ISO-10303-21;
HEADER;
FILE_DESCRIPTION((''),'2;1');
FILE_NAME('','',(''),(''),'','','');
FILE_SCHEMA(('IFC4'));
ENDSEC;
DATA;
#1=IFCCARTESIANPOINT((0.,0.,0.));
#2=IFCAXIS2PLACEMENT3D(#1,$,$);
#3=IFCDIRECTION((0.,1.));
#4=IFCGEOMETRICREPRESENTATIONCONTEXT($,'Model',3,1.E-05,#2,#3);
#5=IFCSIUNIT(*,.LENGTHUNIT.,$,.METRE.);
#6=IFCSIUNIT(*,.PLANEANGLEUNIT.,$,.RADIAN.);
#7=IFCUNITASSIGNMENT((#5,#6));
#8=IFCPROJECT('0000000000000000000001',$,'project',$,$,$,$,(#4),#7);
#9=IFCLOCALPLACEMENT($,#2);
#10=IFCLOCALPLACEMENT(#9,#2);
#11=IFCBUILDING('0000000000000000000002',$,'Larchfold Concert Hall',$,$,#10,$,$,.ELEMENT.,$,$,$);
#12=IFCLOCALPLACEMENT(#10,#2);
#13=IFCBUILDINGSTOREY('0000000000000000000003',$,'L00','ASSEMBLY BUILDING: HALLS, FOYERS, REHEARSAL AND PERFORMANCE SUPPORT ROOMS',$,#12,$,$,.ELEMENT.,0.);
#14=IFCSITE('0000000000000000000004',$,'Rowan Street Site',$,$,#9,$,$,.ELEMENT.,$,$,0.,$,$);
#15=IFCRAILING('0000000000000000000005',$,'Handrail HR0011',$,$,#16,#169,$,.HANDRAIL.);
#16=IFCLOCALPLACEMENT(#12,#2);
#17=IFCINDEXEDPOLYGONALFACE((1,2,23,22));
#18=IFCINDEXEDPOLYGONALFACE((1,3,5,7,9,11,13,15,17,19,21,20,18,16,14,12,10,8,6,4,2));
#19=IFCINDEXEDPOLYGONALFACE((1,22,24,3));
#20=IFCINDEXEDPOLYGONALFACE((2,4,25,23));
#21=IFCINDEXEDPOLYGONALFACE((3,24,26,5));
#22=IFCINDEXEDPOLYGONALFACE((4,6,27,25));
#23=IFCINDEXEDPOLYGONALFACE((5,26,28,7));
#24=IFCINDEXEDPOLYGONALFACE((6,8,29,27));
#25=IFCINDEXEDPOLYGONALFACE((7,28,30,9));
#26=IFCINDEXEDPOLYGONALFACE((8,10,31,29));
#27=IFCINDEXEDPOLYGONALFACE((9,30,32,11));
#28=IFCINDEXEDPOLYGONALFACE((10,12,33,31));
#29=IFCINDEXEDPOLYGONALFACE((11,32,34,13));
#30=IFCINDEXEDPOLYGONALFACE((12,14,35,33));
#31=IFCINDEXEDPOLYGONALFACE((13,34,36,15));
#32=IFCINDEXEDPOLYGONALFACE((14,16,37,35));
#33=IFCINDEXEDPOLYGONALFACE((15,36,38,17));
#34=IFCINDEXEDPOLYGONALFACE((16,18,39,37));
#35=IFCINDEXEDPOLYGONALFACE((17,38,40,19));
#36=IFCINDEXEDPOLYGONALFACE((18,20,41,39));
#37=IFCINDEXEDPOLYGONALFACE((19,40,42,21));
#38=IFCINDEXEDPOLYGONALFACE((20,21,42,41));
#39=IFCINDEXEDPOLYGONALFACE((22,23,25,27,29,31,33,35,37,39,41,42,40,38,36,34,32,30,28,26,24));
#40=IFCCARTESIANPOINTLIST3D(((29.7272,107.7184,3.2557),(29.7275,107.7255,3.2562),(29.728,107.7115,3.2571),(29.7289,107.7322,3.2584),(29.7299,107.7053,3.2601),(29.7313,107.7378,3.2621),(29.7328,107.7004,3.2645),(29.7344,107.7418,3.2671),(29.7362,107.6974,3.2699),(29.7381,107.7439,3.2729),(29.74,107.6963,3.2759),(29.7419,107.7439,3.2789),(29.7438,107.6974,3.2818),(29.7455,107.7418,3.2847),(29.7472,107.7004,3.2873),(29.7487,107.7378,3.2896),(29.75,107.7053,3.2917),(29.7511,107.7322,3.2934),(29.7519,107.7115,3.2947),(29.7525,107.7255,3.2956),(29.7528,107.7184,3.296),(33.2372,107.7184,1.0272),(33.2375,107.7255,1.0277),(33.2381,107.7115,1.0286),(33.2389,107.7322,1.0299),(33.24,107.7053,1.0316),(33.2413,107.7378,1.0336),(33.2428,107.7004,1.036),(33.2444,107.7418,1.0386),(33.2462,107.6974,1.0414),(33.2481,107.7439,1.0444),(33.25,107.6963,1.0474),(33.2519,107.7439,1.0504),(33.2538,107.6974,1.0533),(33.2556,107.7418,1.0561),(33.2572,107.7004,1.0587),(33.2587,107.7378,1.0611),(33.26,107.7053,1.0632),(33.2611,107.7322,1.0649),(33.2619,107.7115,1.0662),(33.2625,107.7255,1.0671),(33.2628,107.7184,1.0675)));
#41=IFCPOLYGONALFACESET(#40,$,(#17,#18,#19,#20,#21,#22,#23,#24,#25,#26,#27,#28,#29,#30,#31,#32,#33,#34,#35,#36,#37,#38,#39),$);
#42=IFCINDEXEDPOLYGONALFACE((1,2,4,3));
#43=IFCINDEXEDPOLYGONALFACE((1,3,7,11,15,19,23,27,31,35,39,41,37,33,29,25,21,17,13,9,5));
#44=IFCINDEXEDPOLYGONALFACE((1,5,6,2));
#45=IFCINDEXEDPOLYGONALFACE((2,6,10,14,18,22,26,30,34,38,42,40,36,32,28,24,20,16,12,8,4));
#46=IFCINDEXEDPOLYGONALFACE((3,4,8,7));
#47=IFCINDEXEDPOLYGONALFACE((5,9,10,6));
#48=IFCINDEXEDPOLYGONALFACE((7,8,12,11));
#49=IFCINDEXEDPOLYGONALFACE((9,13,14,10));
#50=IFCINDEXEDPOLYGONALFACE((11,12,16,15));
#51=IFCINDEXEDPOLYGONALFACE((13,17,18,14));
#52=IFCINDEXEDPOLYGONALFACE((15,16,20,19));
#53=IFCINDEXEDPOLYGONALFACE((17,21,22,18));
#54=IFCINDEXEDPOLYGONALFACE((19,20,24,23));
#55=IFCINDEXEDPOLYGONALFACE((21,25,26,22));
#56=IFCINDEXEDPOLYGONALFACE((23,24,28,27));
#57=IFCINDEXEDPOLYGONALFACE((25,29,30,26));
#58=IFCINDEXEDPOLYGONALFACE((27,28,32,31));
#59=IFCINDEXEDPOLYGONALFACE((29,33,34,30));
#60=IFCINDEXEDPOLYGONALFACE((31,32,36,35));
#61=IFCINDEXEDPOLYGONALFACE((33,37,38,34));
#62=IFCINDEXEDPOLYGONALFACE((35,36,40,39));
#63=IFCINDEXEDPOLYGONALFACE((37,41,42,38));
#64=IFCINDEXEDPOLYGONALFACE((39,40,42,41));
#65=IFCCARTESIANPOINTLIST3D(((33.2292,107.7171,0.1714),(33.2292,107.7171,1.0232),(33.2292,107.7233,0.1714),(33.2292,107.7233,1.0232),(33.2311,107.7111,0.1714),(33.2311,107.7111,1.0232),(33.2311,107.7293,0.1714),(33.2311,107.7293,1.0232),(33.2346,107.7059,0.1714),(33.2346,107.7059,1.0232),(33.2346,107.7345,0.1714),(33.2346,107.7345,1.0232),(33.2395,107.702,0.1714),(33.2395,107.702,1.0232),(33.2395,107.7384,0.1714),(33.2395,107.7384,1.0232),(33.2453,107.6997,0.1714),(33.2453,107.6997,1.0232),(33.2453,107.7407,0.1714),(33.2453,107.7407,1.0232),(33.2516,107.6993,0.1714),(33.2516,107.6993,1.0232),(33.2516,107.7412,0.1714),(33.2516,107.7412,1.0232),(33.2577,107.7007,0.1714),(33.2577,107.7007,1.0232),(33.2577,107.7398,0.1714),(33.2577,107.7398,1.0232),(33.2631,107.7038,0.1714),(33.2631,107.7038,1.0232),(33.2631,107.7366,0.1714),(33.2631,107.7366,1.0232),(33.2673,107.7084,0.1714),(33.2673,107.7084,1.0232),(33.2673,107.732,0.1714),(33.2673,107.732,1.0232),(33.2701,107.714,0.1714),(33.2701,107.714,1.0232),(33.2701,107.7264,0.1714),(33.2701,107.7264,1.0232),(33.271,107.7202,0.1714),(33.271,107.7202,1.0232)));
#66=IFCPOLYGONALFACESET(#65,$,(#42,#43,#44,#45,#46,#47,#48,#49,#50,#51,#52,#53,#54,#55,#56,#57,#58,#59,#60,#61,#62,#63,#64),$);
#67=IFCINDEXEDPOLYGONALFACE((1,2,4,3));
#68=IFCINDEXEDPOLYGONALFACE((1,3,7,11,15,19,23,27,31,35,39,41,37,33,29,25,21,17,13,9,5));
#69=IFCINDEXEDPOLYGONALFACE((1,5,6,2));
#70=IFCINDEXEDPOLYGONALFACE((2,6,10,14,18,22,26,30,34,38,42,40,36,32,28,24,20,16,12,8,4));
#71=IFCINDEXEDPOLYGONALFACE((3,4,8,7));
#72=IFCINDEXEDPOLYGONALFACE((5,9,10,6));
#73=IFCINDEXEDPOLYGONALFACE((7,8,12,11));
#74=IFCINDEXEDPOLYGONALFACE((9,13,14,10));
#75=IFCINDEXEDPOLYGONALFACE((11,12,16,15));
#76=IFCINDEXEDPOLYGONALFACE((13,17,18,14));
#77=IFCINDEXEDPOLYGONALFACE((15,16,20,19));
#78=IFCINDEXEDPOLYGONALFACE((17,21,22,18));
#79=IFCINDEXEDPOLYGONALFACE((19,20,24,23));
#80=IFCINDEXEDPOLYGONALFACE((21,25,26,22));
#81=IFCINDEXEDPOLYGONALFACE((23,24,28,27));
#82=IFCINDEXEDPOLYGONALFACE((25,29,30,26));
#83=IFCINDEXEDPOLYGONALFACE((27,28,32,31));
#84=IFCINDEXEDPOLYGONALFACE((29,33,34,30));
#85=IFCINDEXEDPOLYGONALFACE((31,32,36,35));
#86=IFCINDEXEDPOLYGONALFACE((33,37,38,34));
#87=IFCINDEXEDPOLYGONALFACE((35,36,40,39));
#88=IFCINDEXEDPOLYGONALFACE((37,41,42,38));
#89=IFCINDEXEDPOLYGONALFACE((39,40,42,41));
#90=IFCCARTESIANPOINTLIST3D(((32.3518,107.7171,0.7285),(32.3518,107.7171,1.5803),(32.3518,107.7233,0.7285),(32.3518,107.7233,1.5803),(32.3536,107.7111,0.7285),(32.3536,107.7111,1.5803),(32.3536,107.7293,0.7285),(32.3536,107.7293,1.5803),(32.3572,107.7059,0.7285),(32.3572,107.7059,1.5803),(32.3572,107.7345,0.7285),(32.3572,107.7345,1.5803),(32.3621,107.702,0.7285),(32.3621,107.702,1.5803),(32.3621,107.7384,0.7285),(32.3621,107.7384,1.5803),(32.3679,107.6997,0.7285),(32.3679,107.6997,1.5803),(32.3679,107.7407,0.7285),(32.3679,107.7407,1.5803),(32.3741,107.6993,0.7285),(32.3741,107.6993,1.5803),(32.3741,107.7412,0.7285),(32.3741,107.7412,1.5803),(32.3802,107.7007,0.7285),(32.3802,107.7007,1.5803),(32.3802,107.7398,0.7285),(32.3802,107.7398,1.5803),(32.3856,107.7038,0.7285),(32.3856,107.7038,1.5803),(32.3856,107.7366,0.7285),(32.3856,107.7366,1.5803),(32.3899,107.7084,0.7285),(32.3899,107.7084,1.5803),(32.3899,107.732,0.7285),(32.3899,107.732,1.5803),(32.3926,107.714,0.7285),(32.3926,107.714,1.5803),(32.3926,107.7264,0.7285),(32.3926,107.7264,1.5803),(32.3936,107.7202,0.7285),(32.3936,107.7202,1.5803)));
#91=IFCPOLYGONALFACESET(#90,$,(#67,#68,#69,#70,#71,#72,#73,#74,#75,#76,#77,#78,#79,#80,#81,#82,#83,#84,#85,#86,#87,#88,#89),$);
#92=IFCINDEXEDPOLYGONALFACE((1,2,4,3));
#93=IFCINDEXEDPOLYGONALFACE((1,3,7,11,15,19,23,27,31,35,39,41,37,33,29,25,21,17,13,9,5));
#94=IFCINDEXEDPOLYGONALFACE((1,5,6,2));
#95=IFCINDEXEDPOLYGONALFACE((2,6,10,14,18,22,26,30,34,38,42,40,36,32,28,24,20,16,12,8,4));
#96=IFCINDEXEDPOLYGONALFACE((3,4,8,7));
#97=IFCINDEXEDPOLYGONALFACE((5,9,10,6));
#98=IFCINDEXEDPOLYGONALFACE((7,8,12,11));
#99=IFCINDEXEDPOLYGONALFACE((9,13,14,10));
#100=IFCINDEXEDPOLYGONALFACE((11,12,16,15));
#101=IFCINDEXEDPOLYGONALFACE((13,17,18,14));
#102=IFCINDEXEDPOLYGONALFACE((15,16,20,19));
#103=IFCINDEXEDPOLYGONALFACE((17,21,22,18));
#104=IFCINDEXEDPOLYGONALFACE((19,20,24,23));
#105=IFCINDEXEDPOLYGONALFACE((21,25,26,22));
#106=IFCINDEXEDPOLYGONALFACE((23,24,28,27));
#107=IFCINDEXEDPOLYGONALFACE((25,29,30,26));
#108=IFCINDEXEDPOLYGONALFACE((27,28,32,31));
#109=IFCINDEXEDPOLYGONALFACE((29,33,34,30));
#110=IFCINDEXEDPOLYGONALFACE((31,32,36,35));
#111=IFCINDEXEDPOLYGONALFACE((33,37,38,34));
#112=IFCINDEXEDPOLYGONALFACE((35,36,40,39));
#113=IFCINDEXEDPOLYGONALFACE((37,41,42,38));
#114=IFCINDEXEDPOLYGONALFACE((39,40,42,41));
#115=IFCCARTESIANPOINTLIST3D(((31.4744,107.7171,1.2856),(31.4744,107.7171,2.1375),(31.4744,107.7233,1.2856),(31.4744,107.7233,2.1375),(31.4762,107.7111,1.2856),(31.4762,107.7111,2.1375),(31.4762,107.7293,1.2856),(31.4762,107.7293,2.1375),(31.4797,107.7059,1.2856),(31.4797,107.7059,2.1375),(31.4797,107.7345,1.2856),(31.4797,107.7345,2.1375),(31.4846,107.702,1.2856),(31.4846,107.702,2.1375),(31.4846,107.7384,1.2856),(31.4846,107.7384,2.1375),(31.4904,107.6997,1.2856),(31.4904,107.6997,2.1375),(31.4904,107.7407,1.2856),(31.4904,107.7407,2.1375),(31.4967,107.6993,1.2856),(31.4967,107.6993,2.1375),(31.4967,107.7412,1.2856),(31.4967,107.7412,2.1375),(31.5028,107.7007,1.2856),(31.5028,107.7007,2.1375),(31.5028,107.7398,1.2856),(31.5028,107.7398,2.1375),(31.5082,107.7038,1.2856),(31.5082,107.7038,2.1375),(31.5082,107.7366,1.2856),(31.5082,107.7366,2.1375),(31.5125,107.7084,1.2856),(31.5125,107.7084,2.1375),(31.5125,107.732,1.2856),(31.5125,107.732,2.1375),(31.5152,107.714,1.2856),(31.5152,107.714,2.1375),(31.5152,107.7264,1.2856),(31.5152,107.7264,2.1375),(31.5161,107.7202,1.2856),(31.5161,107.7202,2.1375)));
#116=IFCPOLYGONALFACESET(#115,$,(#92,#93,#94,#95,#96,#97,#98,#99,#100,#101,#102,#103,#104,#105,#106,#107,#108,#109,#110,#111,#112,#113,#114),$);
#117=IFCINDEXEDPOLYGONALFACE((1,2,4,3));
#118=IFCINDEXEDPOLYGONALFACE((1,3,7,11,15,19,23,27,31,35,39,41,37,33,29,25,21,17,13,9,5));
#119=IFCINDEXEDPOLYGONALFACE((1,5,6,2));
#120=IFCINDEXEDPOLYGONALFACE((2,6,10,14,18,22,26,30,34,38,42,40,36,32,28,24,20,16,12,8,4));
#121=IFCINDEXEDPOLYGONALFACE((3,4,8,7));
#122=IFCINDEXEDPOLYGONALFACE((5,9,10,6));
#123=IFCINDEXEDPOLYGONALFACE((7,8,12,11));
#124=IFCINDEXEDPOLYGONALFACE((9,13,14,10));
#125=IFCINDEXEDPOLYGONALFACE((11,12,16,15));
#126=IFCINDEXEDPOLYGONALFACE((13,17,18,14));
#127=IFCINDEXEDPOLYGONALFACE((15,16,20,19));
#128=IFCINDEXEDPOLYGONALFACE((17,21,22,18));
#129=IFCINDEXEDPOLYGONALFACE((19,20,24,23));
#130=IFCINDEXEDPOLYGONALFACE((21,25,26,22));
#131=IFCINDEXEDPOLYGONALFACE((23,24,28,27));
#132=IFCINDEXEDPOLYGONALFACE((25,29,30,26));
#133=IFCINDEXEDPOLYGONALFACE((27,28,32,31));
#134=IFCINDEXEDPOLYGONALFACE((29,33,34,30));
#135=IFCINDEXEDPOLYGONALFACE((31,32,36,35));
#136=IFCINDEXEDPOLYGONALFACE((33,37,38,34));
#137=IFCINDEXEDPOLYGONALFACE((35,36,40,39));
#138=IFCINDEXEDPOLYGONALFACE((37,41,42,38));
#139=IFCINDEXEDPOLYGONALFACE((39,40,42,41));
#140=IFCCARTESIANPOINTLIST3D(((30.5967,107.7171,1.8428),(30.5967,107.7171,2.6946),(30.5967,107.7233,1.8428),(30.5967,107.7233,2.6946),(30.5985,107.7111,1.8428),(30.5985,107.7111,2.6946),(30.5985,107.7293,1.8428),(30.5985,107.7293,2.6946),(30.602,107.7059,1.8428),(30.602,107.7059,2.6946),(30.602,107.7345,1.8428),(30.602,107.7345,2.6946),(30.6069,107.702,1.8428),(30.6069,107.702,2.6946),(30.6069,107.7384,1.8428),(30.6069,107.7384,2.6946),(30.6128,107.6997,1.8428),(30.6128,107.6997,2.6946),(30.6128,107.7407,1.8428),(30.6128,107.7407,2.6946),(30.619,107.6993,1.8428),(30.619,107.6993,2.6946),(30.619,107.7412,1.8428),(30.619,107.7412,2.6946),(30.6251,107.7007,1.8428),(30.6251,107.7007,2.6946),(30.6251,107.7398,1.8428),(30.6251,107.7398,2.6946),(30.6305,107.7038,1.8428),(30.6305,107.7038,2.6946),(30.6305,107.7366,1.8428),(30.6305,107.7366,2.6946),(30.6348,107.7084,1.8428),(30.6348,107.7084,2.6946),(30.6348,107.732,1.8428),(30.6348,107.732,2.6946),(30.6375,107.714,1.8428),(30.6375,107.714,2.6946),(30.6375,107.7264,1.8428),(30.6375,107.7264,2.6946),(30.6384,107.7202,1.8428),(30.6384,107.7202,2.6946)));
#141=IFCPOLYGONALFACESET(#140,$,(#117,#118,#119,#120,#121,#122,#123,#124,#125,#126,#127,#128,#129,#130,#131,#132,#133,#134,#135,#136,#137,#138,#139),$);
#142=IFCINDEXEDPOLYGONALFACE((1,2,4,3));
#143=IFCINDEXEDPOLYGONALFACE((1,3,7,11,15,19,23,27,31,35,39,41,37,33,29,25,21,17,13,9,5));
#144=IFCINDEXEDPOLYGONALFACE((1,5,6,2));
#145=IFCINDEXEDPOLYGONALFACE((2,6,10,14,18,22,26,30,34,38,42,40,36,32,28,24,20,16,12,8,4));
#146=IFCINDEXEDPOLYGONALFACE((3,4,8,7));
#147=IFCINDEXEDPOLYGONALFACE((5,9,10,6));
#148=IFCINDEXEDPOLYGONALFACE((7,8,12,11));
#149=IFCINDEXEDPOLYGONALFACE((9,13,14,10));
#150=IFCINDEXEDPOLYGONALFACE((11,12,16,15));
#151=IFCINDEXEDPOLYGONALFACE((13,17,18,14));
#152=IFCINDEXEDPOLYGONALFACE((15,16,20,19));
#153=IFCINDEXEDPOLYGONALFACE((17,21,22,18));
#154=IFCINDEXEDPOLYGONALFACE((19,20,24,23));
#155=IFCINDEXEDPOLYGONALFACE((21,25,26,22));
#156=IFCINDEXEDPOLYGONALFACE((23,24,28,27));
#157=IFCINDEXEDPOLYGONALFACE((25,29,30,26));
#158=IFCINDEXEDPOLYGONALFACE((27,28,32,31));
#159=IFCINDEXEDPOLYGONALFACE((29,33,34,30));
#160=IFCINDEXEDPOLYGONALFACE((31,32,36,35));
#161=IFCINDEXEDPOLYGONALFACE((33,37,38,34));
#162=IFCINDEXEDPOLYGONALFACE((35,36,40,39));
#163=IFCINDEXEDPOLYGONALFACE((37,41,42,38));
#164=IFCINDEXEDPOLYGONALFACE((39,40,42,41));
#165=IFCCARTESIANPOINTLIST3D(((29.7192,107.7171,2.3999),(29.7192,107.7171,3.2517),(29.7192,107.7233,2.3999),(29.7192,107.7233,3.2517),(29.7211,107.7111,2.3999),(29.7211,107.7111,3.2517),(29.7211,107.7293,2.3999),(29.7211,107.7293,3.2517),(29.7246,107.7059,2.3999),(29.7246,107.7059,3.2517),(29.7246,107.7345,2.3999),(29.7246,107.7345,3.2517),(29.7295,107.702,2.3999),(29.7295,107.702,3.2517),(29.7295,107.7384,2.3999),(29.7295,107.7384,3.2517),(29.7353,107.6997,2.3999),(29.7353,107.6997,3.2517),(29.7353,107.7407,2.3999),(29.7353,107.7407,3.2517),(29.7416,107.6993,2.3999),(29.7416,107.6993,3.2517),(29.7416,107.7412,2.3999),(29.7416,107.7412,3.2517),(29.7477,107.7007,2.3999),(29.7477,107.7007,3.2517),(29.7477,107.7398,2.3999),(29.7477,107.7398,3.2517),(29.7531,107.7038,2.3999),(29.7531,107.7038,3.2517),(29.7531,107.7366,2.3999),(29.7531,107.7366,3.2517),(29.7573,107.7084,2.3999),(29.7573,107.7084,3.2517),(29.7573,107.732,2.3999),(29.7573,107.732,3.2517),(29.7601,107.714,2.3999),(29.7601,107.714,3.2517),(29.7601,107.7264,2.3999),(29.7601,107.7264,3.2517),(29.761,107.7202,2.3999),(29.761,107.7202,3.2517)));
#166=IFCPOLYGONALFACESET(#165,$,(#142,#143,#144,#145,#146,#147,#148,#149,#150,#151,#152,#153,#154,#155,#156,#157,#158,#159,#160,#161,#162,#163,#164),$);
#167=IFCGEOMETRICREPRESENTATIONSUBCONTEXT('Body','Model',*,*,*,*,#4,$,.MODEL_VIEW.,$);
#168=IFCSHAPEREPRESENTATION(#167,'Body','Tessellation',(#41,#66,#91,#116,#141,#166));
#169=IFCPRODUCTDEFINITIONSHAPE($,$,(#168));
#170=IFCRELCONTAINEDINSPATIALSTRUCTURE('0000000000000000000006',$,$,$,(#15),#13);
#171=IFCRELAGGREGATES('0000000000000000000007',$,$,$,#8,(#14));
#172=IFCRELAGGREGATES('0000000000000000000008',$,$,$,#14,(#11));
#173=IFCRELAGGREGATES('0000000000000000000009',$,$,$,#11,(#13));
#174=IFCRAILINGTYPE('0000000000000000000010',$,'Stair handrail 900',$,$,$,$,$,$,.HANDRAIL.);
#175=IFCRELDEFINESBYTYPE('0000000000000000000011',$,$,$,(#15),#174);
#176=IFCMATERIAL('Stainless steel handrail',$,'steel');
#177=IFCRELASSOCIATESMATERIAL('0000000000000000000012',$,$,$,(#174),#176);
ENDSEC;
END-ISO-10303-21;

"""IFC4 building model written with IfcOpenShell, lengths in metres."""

from ifc_helpers import new_model, si_unit, direction, frame, origin, origin_2d, place, context, subcontext, project, spatial, circle, extrude, material, type_object, element, save


model = new_model("IFC4")

# Units and contexts
model_context = context("Model", 3, precision=1e-05, world=origin(), true_north=direction((0.0, 1.0)))
body_context = subcontext(model_context, "Body", "Model", "MODEL_VIEW")
ifc_project = project(units=[si_unit("LENGTHUNIT", "METRE"), si_unit("PLANEANGLEUNIT", "RADIAN")], contexts=[model_context])

# Site, building, storey
site_placement = place(None, origin())
site = spatial("IfcSite", under=ifc_project, at=site_placement, Name="Rowan Street Site", CompositionType="ELEMENT", RefElevation=0.0)
building_placement = place(site_placement, origin())
building = spatial("IfcBuilding", under=site, at=building_placement, Name="Larchfold Concert Hall", CompositionType="ELEMENT")
storey_placement = place(building_placement, origin())
storey = spatial("IfcBuildingStorey", under=building, at=storey_placement, Name="L00", Description="ASSEMBLY BUILDING: HALLS, FOYERS, REHEARSAL AND PERFORMANCE SUPPORT ROOMS", CompositionType="ELEMENT", Elevation=0.0)

# Railing
ifc_material_1 = material(Name="Stainless steel handrail", Category="steel")
railing_type_1 = type_object("IfcRailingType", Name="Stair handrail 900", PredefinedType="HANDRAIL", material=ifc_material_1)
railing_1_placement = place(storey_placement, frame((33.25, 107.7202, 0.1714)))
element("IfcRailing", 1, at=railing_1_placement, inside=storey, type_object=railing_type_1, Name="Handrail HR0011", PredefinedType="HANDRAIL", context=body_context, shape_type="SweptSolid", body=[
    extrude(circle(Radius=0.0239, at=origin_2d()), frame((0.0, 0.0, 0.876), z_axis=(-0.84422, 0.0, 0.535998), x_axis=(0.0, -1.0, 0.0)), (0.0, 0.0, 1.0), 4.1577),
    extrude(circle(Radius=0.021, at=origin_2d()), origin(), (0.0, 0.0, 1.0), 0.8518),
    extrude(circle(Radius=0.021, at=origin_2d()), frame((-0.8774, 0.0, 0.5571)), (0.0, 0.0, 1.0), 0.8518),
    extrude(circle(Radius=0.021, at=origin_2d()), frame((-1.7549, 0.0, 1.1143)), (0.0, 0.0, 1.0), 0.8518),
    extrude(circle(Radius=0.021, at=origin_2d()), frame((-2.6326, 0.0, 1.6714)), (0.0, 0.0, 1.0), 0.8518),
    extrude(circle(Radius=0.021, at=origin_2d()), frame((-3.51, 0.0, 2.2285)), (0.0, 0.0, 1.0), 0.8518),
])

save(model, "model.ifc")
